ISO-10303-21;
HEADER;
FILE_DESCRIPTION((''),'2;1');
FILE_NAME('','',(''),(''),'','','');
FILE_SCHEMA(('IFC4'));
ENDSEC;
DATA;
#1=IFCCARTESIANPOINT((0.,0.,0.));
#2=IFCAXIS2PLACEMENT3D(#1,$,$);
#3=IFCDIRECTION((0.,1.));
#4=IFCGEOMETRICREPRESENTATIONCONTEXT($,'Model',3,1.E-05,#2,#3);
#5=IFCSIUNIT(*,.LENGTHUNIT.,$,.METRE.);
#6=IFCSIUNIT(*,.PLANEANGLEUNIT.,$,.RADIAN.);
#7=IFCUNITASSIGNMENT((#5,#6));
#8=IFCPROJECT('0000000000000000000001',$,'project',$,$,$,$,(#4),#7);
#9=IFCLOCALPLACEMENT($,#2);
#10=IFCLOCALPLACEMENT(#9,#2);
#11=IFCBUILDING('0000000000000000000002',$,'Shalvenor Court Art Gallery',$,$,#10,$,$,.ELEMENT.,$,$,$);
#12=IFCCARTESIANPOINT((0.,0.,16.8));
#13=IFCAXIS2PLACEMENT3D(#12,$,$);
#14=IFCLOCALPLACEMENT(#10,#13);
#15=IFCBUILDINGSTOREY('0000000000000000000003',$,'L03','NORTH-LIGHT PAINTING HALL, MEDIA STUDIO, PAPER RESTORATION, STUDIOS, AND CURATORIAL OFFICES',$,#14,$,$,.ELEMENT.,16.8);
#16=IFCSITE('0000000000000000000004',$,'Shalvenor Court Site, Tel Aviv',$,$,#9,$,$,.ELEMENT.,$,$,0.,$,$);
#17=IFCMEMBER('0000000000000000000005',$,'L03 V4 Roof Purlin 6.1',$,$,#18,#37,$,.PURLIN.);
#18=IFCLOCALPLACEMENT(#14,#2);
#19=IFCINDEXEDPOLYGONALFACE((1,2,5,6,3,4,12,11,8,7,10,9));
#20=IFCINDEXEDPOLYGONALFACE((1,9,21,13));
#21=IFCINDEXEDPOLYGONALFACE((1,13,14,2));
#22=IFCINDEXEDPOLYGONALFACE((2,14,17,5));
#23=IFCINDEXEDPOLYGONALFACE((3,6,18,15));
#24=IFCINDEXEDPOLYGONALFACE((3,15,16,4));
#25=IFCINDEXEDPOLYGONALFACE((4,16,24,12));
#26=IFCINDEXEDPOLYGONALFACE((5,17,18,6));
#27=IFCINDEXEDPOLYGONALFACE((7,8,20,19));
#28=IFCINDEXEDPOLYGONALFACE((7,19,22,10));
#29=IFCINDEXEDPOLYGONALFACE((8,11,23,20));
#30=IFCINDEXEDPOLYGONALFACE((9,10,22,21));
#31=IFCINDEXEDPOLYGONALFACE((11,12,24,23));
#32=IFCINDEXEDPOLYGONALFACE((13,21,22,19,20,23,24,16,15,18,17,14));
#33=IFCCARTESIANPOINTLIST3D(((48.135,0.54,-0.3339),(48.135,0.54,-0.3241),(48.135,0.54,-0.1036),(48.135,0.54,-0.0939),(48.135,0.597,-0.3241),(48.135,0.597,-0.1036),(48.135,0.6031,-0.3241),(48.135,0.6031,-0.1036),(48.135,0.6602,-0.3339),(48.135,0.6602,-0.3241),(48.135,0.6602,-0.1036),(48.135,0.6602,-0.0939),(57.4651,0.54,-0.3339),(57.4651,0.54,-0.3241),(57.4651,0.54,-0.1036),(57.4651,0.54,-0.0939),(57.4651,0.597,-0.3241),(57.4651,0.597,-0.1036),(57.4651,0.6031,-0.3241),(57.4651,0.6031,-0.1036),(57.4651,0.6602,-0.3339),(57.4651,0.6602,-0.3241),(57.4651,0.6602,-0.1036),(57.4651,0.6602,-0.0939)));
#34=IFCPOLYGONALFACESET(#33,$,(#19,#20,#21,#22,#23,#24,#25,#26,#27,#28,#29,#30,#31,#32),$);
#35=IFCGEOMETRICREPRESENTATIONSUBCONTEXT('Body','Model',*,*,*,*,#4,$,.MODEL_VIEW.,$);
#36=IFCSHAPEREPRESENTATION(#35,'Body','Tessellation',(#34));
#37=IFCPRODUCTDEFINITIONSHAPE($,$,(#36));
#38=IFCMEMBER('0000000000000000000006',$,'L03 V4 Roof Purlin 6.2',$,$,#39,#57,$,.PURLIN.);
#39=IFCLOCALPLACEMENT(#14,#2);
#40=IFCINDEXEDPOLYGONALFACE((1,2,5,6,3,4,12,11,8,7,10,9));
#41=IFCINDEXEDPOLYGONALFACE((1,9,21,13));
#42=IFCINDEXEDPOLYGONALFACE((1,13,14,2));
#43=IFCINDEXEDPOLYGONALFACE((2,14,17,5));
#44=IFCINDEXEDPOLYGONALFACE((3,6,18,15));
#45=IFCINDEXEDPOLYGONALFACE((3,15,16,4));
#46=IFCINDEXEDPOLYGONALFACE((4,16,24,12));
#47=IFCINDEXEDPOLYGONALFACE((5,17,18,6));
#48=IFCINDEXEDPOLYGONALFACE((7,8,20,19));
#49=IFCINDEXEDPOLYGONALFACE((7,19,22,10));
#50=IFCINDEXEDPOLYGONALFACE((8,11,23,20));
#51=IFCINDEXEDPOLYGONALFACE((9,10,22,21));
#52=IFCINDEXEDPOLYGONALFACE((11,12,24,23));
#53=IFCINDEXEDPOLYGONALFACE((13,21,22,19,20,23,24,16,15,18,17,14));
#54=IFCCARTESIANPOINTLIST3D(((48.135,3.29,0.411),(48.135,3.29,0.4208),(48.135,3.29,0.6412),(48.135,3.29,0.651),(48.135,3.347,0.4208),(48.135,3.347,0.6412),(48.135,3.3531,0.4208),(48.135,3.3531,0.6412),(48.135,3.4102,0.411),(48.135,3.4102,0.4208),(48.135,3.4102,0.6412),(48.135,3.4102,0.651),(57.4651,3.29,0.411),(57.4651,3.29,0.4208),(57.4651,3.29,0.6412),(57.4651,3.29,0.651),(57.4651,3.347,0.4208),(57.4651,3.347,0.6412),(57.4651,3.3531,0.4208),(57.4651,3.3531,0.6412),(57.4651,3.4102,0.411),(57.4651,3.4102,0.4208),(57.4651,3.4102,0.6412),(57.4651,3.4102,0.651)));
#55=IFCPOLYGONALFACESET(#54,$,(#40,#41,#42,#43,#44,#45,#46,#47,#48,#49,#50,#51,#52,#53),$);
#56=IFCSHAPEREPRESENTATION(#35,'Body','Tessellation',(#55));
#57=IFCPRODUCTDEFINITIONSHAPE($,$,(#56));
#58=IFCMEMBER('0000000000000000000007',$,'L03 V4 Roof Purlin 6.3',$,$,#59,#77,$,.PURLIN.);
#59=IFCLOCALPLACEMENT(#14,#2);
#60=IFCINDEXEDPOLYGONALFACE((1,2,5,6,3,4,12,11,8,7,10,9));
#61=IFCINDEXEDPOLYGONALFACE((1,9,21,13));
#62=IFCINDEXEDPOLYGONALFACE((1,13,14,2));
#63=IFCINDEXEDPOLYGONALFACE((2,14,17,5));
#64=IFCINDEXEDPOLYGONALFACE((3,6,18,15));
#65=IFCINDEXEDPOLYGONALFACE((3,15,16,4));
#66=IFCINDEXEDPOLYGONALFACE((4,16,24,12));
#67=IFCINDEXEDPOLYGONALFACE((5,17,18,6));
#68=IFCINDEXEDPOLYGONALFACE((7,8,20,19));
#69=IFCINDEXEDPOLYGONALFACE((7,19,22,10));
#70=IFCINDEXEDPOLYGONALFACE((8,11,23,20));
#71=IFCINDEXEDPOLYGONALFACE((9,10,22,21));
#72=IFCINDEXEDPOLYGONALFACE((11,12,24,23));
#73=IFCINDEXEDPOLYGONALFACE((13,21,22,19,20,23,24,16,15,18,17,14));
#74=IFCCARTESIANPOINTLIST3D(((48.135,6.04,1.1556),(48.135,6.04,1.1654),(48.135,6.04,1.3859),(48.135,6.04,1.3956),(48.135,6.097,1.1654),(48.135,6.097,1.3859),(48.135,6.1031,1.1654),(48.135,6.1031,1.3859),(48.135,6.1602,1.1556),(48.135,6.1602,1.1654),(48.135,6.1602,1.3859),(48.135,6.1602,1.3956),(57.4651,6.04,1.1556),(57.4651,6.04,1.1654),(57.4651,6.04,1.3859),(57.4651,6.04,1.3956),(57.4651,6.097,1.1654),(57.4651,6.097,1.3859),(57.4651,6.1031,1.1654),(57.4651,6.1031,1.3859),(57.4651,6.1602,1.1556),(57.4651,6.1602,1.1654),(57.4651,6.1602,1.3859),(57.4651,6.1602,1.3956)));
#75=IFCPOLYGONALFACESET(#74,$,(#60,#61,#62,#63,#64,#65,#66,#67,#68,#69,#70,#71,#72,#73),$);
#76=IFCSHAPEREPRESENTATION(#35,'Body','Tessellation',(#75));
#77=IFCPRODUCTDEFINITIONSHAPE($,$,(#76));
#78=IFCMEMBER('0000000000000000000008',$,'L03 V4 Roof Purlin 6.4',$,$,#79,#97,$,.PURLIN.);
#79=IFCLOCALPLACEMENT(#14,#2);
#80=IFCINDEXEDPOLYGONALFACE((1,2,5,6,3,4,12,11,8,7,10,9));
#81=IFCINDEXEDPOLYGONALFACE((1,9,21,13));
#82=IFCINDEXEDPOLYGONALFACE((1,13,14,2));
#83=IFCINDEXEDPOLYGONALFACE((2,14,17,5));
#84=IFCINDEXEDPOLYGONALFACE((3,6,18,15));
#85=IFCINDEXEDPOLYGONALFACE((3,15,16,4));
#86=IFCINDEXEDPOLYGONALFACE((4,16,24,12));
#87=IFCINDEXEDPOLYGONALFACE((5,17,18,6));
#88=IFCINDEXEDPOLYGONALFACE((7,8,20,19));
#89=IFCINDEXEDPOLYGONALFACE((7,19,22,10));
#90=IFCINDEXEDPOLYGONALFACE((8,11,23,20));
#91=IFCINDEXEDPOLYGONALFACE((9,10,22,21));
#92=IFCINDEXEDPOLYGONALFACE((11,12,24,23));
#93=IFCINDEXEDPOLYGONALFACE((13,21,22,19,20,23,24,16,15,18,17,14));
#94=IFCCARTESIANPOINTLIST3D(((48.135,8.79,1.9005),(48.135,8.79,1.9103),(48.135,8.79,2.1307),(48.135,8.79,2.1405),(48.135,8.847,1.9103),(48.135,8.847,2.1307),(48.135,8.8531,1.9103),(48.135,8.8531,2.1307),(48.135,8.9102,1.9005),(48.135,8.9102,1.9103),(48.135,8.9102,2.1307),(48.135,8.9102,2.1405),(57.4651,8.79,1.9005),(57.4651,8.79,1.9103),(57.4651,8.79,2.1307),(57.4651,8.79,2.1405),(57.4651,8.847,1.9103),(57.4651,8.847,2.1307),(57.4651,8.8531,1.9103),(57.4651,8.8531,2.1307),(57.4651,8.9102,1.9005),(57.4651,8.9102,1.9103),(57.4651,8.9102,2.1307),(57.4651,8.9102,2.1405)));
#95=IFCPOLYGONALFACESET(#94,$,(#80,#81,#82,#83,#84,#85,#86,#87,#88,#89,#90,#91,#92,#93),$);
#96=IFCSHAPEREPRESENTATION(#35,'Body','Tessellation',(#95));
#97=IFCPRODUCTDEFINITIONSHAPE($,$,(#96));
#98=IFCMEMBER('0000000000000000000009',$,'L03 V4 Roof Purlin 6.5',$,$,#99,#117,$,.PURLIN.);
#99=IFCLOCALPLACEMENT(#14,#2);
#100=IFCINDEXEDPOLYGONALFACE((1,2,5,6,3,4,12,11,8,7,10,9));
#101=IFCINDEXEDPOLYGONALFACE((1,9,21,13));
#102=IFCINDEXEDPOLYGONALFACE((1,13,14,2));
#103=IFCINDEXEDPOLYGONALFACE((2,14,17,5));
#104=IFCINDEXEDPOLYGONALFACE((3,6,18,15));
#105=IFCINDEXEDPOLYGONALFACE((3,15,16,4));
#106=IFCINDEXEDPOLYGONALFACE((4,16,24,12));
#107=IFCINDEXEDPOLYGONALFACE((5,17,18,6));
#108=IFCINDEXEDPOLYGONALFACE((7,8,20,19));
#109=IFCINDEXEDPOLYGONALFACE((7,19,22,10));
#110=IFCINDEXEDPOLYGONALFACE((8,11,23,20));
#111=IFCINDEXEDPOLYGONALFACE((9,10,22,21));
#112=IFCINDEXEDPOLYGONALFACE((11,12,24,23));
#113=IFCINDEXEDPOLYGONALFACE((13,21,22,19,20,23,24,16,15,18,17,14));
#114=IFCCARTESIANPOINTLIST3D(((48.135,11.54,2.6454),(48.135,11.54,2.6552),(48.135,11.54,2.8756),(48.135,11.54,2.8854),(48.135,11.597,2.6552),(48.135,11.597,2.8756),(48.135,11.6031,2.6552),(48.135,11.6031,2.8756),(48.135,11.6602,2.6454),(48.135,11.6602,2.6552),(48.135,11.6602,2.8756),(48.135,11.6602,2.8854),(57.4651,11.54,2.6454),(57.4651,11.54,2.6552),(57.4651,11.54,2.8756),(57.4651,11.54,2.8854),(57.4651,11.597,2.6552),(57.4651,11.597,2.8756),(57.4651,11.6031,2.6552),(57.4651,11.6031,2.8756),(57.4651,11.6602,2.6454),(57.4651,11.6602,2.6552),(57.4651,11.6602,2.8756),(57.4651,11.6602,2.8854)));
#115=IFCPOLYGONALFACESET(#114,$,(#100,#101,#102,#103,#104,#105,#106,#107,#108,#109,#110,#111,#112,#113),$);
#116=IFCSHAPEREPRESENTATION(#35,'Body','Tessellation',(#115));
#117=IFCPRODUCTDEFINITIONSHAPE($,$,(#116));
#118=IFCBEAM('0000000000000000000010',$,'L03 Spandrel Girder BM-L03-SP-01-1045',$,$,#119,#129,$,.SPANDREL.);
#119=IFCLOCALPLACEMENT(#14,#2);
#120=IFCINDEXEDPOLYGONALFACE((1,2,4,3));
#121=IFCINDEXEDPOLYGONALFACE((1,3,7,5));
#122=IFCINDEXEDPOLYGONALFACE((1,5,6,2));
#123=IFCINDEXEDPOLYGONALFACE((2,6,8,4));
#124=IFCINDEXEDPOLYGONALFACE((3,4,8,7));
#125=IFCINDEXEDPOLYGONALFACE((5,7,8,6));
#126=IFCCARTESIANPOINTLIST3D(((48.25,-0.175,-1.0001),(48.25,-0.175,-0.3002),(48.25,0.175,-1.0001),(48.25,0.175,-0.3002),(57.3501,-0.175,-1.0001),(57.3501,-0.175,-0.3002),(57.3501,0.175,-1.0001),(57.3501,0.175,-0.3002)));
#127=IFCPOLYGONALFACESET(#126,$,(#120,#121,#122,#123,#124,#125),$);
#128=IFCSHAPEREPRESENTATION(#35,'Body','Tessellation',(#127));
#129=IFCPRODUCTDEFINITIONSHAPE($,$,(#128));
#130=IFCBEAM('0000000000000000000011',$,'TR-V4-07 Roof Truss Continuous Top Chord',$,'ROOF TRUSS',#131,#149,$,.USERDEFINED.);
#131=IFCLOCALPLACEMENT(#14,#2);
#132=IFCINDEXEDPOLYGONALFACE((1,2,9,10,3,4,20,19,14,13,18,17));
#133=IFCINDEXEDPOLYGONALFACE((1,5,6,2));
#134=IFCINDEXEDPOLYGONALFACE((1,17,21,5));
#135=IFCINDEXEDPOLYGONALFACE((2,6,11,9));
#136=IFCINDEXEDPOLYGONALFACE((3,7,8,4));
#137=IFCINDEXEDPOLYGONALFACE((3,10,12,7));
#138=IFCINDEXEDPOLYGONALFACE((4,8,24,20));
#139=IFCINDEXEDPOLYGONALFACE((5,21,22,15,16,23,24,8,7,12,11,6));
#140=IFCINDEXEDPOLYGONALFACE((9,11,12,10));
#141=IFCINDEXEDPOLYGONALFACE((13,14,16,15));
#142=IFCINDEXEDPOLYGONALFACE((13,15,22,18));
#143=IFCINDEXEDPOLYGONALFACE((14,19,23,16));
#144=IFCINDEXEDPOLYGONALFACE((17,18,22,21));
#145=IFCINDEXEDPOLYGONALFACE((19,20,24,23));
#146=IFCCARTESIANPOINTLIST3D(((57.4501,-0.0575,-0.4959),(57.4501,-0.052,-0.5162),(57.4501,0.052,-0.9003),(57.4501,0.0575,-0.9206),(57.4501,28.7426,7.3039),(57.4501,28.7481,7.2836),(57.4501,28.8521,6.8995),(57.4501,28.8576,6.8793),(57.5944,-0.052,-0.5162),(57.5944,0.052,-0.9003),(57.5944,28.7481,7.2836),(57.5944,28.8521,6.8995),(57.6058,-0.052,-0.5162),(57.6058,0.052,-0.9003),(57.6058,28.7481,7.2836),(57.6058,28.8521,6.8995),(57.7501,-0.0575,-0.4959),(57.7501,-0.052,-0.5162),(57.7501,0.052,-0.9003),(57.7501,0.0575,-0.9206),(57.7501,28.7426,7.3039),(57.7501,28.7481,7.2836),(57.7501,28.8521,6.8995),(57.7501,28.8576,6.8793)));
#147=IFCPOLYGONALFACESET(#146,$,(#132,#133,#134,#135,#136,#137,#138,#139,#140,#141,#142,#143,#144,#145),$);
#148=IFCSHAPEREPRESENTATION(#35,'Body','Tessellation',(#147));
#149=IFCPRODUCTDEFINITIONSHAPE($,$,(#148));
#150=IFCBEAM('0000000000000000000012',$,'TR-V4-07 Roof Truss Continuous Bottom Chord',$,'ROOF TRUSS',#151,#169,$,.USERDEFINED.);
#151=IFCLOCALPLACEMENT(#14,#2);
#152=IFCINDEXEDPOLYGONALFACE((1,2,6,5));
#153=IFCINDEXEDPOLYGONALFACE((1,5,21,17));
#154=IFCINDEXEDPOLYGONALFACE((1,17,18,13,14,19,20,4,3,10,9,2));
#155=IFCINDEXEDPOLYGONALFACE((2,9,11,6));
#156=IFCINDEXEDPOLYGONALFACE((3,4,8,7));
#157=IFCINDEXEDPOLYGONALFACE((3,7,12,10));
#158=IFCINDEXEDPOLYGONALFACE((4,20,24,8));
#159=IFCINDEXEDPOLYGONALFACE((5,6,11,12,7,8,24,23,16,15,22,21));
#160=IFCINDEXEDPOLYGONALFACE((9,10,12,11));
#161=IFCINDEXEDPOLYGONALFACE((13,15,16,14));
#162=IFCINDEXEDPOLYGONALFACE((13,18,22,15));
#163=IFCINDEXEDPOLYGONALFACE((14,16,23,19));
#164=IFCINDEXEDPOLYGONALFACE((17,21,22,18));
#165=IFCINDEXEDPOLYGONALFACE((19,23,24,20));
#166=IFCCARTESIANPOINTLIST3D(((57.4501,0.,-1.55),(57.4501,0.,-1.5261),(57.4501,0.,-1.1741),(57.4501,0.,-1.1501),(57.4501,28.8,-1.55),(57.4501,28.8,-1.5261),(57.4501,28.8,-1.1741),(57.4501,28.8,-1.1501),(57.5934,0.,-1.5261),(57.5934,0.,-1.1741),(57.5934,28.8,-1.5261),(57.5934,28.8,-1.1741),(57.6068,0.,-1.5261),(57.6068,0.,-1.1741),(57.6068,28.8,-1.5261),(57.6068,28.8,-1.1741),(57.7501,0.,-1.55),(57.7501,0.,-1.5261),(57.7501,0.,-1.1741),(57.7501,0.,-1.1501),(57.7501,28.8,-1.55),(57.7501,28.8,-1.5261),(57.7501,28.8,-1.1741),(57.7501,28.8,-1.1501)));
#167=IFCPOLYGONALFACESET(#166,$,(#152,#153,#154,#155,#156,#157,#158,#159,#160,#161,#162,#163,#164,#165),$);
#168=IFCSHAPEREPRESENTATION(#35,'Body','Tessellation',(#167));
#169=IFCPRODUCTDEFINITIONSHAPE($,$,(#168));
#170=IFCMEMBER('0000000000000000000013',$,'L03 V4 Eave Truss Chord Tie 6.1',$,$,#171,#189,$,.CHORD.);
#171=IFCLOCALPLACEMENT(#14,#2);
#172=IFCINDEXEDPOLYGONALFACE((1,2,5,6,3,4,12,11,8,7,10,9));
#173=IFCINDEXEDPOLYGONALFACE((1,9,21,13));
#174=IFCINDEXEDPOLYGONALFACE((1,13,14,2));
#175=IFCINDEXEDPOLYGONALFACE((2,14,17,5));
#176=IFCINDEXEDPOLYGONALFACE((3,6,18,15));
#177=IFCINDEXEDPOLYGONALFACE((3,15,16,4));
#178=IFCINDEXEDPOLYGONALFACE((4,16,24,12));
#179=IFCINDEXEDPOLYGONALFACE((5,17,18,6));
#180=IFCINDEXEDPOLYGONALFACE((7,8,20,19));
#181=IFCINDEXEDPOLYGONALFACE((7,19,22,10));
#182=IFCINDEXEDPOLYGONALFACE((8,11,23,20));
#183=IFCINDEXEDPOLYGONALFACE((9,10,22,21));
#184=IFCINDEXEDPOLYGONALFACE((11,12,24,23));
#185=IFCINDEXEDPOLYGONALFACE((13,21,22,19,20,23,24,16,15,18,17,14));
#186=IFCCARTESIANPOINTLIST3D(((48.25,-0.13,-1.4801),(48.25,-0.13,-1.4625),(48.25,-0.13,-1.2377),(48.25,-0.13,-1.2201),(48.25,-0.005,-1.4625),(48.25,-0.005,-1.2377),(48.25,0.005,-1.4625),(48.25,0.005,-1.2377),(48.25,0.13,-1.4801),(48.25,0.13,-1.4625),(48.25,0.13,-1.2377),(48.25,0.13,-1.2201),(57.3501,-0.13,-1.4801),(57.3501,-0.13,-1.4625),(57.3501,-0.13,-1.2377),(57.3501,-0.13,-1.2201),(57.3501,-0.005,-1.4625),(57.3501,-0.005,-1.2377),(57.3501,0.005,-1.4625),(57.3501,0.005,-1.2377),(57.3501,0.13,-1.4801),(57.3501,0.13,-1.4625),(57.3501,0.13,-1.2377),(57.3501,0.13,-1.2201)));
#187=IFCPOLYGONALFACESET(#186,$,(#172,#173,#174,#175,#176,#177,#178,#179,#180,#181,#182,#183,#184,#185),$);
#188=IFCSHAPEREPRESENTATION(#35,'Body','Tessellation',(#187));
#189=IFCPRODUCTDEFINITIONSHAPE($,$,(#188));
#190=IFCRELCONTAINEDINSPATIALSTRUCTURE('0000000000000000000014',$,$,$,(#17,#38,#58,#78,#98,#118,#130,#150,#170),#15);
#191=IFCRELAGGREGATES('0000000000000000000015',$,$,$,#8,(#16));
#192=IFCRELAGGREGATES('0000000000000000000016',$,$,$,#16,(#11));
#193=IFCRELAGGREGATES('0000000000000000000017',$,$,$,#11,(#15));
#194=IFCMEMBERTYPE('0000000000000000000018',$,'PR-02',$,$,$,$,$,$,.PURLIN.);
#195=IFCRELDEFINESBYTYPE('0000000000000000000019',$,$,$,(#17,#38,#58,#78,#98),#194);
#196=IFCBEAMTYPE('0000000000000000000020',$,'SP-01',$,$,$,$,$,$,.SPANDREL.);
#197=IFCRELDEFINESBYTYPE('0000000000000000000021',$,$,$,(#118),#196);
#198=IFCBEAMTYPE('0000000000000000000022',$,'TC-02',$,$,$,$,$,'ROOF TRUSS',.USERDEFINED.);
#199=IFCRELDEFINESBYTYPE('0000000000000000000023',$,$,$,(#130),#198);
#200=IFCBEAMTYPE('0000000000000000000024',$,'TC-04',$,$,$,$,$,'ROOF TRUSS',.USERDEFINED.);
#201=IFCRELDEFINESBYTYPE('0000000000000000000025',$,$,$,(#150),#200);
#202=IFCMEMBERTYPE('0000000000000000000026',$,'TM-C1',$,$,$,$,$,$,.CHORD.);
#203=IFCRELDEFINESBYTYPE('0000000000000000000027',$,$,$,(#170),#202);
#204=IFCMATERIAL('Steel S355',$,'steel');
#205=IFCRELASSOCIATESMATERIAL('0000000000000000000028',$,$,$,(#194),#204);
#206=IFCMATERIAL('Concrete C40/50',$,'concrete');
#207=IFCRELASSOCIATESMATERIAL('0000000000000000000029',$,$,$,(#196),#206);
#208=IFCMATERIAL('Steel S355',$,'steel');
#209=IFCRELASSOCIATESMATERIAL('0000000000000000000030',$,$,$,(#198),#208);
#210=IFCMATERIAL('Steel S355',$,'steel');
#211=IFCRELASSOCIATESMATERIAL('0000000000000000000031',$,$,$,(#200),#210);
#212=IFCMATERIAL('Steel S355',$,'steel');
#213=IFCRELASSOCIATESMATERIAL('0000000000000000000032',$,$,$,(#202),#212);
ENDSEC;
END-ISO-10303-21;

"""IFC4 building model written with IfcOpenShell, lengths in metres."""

from ifc_helpers import new_model, si_unit, direction, frame, origin, origin_2d, place, context, subcontext, project, spatial, rectangle, i_section, extrude, material, material_profile, profile_set, type_object, element, save


model = new_model("IFC4")

# Units and contexts
model_context = context("Model", 3, precision=1e-05, world=origin(), true_north=direction((0.0, 1.0)))
body_context = subcontext(model_context, "Body", "Model", "MODEL_VIEW")
ifc_project = project(units=[si_unit("LENGTHUNIT", "METRE"), si_unit("PLANEANGLEUNIT", "RADIAN")], contexts=[model_context])

# Site, building, storey
site_placement = place(None, origin())
site = spatial("IfcSite", under=ifc_project, at=site_placement, Name="Shalvenor Court Site, Tel Aviv", CompositionType="ELEMENT", RefElevation=0.0)
building_placement = place(site_placement, origin())
building = spatial("IfcBuilding", under=site, at=building_placement, Name="Shalvenor Court Art Gallery", CompositionType="ELEMENT")
storey_placement = place(building_placement, frame((0.0, 0.0, 16.8)))
storey = spatial("IfcBuildingStorey", under=building, at=storey_placement, Name="L03", Description="NORTH-LIGHT PAINTING HALL, MEDIA STUDIO, PAPER RESTORATION, STUDIOS, AND CURATORIAL OFFICES", CompositionType="ELEMENT", Elevation=16.8)

# Members
ifc_material_1 = material(Name="Steel S355", Category="steel")
ifc_material_profile_1 = material_profile(ifc_material_1, i_section(OverallWidth=0.1201, OverallDepth=0.24, WebThickness=0.0061, FlangeThickness=0.0098, at=origin_2d()), Name="IPE 240")
ifc_profile_set_1 = profile_set([ifc_material_profile_1], Name="Steel S355")
member_type_1 = type_object("IfcMemberType", Name="PR-02", PredefinedType="PURLIN", material=ifc_profile_set_1)
for number, where, z_axis, x_axis, name in (
    (1, (48.135, 0.6001, -0.2139), (1.0, 0.0, 0.0), (0.0, 1.0, 0.0), "L03 V4 Roof Purlin 6.1"),
    (2, (48.135, 3.3501, 0.531), (1.0, 0.0, 0.0), (0.0, 1.0, 0.0), "L03 V4 Roof Purlin 6.2"),
    (3, (48.135, 6.1001, 1.2756), (1.0, 0.0, 0.0), (0.0, 1.0, 0.0), "L03 V4 Roof Purlin 6.3"),
    (4, (48.135, 8.8501, 2.0205), (1.0, 0.0, 0.0), (0.0, 1.0, 0.0), "L03 V4 Roof Purlin 6.4"),
    (5, (48.135, 11.6001, 2.7654), (1.0, 0.0, 0.0), (0.0, 1.0, 0.0), "L03 V4 Roof Purlin 6.5"),
):
    element("IfcMember", number, at=place(storey_placement, frame(where, z_axis=z_axis, x_axis=x_axis)), inside=storey, type_object=member_type_1, Name=name, PredefinedType="PURLIN", context=body_context, shape_type="SweptSolid", body=[
        extrude(i_section(OverallWidth=0.1201, OverallDepth=0.24, WebThickness=0.0061, FlangeThickness=0.0098, at=origin_2d()), origin(), (0.0, 0.0, 1.0), 9.3301),
    ])

# Beams
ifc_material_2 = material(Name="Concrete C40/50", Category="concrete")
ifc_material_profile_2 = material_profile(ifc_material_2, rectangle(XDim=0.3501, YDim=0.7, at=origin_2d()), Name="RC 350x700")
ifc_profile_set_2 = profile_set([ifc_material_profile_2], Name="Concrete C40/50")
beam_type_1 = type_object("IfcBeamType", Name="SP-01", PredefinedType="SPANDREL", material=ifc_profile_set_2)
beam_1_placement = place(storey_placement, frame((48.25, 0.0, -0.6501), z_axis=(1.0, 0.0, 0.0), x_axis=(0.0, 1.0, 0.0)))
element("IfcBeam", 6, at=beam_1_placement, inside=storey, type_object=beam_type_1, Name="L03 Spandrel Girder BM-L03-SP-01-1045", PredefinedType="SPANDREL", context=body_context, shape_type="SweptSolid", body=[
    extrude(rectangle(XDim=0.3501, YDim=0.7, at=origin_2d()), origin(), (0.0, 0.0, 1.0), 9.1001),
])
ifc_material_3 = material(Name="Steel S355", Category="steel")
ifc_material_profile_3 = material_profile(ifc_material_3, i_section(OverallWidth=0.3, OverallDepth=0.4399, WebThickness=0.0115, FlangeThickness=0.021, at=origin_2d()), Name="HEA 450")
ifc_profile_set_3 = profile_set([ifc_material_profile_3], Name="Steel S355")
beam_type_2 = type_object("IfcBeamType", Name="TC-02", ElementType="ROOF TRUSS", PredefinedType="USERDEFINED", material=ifc_profile_set_3)
beam_2_placement = place(storey_placement, frame((57.6001, 0.0, -0.7083), z_axis=(0.0, 0.965228, 0.261409), x_axis=(-1.0, 0.0, 0.0)))
element("IfcBeam", 7, at=beam_2_placement, inside=storey, type_object=beam_type_2, Name="TR-V4-07 Roof Truss Continuous Top Chord", ObjectType="ROOF TRUSS", PredefinedType="USERDEFINED", context=body_context, shape_type="SweptSolid", body=[
    extrude(i_section(OverallWidth=0.3, OverallDepth=0.4399, WebThickness=0.0115, FlangeThickness=0.021, at=origin_2d()), origin(), (0.0, 0.0, 1.0), 29.8376),
])
ifc_material_4 = material(Name="Steel S355", Category="steel")
ifc_material_profile_4 = material_profile(ifc_material_4, i_section(OverallWidth=0.3, OverallDepth=0.3999, WebThickness=0.0134, FlangeThickness=0.0239, at=origin_2d()), Name="HEB 400")
ifc_profile_set_4 = profile_set([ifc_material_profile_4], Name="Steel S355")
beam_type_3 = type_object("IfcBeamType", Name="TC-04", ElementType="ROOF TRUSS", PredefinedType="USERDEFINED", material=ifc_profile_set_4)
beam_3_placement = place(storey_placement, frame((57.6001, 0.0, -1.3501), z_axis=(0.0, 1.0, 0.0), x_axis=(-1.0, 0.0, 0.0)))
element("IfcBeam", 8, at=beam_3_placement, inside=storey, type_object=beam_type_3, Name="TR-V4-07 Roof Truss Continuous Bottom Chord", ObjectType="ROOF TRUSS", PredefinedType="USERDEFINED", context=body_context, shape_type="SweptSolid", body=[
    extrude(i_section(OverallWidth=0.3, OverallDepth=0.3999, WebThickness=0.0134, FlangeThickness=0.0239, at=origin_2d()), origin(), (0.0, 0.0, 1.0), 28.8),
])

# Member
ifc_material_5 = material(Name="Steel S355", Category="steel")
ifc_material_profile_5 = material_profile(ifc_material_5, i_section(OverallWidth=0.26, OverallDepth=0.26, WebThickness=0.01, FlangeThickness=0.0176, at=origin_2d()), Name="HEB 260")
ifc_profile_set_5 = profile_set([ifc_material_profile_5], Name="Steel S355")
member_type_2 = type_object("IfcMemberType", Name="TM-C1", PredefinedType="CHORD", material=ifc_profile_set_5)
member_1_placement = place(storey_placement, frame((48.25, 0.0, -1.3501), z_axis=(1.0, 0.0, 0.0), x_axis=(0.0, 1.0, 0.0)))
element("IfcMember", 9, at=member_1_placement, inside=storey, type_object=member_type_2, Name="L03 V4 Eave Truss Chord Tie 6.1", PredefinedType="CHORD", context=body_context, shape_type="SweptSolid", body=[
    extrude(i_section(OverallWidth=0.26, OverallDepth=0.26, WebThickness=0.01, FlangeThickness=0.0176, at=origin_2d()), origin(), (0.0, 0.0, 1.0), 9.1001),
])

save(model, "model.ifc")
